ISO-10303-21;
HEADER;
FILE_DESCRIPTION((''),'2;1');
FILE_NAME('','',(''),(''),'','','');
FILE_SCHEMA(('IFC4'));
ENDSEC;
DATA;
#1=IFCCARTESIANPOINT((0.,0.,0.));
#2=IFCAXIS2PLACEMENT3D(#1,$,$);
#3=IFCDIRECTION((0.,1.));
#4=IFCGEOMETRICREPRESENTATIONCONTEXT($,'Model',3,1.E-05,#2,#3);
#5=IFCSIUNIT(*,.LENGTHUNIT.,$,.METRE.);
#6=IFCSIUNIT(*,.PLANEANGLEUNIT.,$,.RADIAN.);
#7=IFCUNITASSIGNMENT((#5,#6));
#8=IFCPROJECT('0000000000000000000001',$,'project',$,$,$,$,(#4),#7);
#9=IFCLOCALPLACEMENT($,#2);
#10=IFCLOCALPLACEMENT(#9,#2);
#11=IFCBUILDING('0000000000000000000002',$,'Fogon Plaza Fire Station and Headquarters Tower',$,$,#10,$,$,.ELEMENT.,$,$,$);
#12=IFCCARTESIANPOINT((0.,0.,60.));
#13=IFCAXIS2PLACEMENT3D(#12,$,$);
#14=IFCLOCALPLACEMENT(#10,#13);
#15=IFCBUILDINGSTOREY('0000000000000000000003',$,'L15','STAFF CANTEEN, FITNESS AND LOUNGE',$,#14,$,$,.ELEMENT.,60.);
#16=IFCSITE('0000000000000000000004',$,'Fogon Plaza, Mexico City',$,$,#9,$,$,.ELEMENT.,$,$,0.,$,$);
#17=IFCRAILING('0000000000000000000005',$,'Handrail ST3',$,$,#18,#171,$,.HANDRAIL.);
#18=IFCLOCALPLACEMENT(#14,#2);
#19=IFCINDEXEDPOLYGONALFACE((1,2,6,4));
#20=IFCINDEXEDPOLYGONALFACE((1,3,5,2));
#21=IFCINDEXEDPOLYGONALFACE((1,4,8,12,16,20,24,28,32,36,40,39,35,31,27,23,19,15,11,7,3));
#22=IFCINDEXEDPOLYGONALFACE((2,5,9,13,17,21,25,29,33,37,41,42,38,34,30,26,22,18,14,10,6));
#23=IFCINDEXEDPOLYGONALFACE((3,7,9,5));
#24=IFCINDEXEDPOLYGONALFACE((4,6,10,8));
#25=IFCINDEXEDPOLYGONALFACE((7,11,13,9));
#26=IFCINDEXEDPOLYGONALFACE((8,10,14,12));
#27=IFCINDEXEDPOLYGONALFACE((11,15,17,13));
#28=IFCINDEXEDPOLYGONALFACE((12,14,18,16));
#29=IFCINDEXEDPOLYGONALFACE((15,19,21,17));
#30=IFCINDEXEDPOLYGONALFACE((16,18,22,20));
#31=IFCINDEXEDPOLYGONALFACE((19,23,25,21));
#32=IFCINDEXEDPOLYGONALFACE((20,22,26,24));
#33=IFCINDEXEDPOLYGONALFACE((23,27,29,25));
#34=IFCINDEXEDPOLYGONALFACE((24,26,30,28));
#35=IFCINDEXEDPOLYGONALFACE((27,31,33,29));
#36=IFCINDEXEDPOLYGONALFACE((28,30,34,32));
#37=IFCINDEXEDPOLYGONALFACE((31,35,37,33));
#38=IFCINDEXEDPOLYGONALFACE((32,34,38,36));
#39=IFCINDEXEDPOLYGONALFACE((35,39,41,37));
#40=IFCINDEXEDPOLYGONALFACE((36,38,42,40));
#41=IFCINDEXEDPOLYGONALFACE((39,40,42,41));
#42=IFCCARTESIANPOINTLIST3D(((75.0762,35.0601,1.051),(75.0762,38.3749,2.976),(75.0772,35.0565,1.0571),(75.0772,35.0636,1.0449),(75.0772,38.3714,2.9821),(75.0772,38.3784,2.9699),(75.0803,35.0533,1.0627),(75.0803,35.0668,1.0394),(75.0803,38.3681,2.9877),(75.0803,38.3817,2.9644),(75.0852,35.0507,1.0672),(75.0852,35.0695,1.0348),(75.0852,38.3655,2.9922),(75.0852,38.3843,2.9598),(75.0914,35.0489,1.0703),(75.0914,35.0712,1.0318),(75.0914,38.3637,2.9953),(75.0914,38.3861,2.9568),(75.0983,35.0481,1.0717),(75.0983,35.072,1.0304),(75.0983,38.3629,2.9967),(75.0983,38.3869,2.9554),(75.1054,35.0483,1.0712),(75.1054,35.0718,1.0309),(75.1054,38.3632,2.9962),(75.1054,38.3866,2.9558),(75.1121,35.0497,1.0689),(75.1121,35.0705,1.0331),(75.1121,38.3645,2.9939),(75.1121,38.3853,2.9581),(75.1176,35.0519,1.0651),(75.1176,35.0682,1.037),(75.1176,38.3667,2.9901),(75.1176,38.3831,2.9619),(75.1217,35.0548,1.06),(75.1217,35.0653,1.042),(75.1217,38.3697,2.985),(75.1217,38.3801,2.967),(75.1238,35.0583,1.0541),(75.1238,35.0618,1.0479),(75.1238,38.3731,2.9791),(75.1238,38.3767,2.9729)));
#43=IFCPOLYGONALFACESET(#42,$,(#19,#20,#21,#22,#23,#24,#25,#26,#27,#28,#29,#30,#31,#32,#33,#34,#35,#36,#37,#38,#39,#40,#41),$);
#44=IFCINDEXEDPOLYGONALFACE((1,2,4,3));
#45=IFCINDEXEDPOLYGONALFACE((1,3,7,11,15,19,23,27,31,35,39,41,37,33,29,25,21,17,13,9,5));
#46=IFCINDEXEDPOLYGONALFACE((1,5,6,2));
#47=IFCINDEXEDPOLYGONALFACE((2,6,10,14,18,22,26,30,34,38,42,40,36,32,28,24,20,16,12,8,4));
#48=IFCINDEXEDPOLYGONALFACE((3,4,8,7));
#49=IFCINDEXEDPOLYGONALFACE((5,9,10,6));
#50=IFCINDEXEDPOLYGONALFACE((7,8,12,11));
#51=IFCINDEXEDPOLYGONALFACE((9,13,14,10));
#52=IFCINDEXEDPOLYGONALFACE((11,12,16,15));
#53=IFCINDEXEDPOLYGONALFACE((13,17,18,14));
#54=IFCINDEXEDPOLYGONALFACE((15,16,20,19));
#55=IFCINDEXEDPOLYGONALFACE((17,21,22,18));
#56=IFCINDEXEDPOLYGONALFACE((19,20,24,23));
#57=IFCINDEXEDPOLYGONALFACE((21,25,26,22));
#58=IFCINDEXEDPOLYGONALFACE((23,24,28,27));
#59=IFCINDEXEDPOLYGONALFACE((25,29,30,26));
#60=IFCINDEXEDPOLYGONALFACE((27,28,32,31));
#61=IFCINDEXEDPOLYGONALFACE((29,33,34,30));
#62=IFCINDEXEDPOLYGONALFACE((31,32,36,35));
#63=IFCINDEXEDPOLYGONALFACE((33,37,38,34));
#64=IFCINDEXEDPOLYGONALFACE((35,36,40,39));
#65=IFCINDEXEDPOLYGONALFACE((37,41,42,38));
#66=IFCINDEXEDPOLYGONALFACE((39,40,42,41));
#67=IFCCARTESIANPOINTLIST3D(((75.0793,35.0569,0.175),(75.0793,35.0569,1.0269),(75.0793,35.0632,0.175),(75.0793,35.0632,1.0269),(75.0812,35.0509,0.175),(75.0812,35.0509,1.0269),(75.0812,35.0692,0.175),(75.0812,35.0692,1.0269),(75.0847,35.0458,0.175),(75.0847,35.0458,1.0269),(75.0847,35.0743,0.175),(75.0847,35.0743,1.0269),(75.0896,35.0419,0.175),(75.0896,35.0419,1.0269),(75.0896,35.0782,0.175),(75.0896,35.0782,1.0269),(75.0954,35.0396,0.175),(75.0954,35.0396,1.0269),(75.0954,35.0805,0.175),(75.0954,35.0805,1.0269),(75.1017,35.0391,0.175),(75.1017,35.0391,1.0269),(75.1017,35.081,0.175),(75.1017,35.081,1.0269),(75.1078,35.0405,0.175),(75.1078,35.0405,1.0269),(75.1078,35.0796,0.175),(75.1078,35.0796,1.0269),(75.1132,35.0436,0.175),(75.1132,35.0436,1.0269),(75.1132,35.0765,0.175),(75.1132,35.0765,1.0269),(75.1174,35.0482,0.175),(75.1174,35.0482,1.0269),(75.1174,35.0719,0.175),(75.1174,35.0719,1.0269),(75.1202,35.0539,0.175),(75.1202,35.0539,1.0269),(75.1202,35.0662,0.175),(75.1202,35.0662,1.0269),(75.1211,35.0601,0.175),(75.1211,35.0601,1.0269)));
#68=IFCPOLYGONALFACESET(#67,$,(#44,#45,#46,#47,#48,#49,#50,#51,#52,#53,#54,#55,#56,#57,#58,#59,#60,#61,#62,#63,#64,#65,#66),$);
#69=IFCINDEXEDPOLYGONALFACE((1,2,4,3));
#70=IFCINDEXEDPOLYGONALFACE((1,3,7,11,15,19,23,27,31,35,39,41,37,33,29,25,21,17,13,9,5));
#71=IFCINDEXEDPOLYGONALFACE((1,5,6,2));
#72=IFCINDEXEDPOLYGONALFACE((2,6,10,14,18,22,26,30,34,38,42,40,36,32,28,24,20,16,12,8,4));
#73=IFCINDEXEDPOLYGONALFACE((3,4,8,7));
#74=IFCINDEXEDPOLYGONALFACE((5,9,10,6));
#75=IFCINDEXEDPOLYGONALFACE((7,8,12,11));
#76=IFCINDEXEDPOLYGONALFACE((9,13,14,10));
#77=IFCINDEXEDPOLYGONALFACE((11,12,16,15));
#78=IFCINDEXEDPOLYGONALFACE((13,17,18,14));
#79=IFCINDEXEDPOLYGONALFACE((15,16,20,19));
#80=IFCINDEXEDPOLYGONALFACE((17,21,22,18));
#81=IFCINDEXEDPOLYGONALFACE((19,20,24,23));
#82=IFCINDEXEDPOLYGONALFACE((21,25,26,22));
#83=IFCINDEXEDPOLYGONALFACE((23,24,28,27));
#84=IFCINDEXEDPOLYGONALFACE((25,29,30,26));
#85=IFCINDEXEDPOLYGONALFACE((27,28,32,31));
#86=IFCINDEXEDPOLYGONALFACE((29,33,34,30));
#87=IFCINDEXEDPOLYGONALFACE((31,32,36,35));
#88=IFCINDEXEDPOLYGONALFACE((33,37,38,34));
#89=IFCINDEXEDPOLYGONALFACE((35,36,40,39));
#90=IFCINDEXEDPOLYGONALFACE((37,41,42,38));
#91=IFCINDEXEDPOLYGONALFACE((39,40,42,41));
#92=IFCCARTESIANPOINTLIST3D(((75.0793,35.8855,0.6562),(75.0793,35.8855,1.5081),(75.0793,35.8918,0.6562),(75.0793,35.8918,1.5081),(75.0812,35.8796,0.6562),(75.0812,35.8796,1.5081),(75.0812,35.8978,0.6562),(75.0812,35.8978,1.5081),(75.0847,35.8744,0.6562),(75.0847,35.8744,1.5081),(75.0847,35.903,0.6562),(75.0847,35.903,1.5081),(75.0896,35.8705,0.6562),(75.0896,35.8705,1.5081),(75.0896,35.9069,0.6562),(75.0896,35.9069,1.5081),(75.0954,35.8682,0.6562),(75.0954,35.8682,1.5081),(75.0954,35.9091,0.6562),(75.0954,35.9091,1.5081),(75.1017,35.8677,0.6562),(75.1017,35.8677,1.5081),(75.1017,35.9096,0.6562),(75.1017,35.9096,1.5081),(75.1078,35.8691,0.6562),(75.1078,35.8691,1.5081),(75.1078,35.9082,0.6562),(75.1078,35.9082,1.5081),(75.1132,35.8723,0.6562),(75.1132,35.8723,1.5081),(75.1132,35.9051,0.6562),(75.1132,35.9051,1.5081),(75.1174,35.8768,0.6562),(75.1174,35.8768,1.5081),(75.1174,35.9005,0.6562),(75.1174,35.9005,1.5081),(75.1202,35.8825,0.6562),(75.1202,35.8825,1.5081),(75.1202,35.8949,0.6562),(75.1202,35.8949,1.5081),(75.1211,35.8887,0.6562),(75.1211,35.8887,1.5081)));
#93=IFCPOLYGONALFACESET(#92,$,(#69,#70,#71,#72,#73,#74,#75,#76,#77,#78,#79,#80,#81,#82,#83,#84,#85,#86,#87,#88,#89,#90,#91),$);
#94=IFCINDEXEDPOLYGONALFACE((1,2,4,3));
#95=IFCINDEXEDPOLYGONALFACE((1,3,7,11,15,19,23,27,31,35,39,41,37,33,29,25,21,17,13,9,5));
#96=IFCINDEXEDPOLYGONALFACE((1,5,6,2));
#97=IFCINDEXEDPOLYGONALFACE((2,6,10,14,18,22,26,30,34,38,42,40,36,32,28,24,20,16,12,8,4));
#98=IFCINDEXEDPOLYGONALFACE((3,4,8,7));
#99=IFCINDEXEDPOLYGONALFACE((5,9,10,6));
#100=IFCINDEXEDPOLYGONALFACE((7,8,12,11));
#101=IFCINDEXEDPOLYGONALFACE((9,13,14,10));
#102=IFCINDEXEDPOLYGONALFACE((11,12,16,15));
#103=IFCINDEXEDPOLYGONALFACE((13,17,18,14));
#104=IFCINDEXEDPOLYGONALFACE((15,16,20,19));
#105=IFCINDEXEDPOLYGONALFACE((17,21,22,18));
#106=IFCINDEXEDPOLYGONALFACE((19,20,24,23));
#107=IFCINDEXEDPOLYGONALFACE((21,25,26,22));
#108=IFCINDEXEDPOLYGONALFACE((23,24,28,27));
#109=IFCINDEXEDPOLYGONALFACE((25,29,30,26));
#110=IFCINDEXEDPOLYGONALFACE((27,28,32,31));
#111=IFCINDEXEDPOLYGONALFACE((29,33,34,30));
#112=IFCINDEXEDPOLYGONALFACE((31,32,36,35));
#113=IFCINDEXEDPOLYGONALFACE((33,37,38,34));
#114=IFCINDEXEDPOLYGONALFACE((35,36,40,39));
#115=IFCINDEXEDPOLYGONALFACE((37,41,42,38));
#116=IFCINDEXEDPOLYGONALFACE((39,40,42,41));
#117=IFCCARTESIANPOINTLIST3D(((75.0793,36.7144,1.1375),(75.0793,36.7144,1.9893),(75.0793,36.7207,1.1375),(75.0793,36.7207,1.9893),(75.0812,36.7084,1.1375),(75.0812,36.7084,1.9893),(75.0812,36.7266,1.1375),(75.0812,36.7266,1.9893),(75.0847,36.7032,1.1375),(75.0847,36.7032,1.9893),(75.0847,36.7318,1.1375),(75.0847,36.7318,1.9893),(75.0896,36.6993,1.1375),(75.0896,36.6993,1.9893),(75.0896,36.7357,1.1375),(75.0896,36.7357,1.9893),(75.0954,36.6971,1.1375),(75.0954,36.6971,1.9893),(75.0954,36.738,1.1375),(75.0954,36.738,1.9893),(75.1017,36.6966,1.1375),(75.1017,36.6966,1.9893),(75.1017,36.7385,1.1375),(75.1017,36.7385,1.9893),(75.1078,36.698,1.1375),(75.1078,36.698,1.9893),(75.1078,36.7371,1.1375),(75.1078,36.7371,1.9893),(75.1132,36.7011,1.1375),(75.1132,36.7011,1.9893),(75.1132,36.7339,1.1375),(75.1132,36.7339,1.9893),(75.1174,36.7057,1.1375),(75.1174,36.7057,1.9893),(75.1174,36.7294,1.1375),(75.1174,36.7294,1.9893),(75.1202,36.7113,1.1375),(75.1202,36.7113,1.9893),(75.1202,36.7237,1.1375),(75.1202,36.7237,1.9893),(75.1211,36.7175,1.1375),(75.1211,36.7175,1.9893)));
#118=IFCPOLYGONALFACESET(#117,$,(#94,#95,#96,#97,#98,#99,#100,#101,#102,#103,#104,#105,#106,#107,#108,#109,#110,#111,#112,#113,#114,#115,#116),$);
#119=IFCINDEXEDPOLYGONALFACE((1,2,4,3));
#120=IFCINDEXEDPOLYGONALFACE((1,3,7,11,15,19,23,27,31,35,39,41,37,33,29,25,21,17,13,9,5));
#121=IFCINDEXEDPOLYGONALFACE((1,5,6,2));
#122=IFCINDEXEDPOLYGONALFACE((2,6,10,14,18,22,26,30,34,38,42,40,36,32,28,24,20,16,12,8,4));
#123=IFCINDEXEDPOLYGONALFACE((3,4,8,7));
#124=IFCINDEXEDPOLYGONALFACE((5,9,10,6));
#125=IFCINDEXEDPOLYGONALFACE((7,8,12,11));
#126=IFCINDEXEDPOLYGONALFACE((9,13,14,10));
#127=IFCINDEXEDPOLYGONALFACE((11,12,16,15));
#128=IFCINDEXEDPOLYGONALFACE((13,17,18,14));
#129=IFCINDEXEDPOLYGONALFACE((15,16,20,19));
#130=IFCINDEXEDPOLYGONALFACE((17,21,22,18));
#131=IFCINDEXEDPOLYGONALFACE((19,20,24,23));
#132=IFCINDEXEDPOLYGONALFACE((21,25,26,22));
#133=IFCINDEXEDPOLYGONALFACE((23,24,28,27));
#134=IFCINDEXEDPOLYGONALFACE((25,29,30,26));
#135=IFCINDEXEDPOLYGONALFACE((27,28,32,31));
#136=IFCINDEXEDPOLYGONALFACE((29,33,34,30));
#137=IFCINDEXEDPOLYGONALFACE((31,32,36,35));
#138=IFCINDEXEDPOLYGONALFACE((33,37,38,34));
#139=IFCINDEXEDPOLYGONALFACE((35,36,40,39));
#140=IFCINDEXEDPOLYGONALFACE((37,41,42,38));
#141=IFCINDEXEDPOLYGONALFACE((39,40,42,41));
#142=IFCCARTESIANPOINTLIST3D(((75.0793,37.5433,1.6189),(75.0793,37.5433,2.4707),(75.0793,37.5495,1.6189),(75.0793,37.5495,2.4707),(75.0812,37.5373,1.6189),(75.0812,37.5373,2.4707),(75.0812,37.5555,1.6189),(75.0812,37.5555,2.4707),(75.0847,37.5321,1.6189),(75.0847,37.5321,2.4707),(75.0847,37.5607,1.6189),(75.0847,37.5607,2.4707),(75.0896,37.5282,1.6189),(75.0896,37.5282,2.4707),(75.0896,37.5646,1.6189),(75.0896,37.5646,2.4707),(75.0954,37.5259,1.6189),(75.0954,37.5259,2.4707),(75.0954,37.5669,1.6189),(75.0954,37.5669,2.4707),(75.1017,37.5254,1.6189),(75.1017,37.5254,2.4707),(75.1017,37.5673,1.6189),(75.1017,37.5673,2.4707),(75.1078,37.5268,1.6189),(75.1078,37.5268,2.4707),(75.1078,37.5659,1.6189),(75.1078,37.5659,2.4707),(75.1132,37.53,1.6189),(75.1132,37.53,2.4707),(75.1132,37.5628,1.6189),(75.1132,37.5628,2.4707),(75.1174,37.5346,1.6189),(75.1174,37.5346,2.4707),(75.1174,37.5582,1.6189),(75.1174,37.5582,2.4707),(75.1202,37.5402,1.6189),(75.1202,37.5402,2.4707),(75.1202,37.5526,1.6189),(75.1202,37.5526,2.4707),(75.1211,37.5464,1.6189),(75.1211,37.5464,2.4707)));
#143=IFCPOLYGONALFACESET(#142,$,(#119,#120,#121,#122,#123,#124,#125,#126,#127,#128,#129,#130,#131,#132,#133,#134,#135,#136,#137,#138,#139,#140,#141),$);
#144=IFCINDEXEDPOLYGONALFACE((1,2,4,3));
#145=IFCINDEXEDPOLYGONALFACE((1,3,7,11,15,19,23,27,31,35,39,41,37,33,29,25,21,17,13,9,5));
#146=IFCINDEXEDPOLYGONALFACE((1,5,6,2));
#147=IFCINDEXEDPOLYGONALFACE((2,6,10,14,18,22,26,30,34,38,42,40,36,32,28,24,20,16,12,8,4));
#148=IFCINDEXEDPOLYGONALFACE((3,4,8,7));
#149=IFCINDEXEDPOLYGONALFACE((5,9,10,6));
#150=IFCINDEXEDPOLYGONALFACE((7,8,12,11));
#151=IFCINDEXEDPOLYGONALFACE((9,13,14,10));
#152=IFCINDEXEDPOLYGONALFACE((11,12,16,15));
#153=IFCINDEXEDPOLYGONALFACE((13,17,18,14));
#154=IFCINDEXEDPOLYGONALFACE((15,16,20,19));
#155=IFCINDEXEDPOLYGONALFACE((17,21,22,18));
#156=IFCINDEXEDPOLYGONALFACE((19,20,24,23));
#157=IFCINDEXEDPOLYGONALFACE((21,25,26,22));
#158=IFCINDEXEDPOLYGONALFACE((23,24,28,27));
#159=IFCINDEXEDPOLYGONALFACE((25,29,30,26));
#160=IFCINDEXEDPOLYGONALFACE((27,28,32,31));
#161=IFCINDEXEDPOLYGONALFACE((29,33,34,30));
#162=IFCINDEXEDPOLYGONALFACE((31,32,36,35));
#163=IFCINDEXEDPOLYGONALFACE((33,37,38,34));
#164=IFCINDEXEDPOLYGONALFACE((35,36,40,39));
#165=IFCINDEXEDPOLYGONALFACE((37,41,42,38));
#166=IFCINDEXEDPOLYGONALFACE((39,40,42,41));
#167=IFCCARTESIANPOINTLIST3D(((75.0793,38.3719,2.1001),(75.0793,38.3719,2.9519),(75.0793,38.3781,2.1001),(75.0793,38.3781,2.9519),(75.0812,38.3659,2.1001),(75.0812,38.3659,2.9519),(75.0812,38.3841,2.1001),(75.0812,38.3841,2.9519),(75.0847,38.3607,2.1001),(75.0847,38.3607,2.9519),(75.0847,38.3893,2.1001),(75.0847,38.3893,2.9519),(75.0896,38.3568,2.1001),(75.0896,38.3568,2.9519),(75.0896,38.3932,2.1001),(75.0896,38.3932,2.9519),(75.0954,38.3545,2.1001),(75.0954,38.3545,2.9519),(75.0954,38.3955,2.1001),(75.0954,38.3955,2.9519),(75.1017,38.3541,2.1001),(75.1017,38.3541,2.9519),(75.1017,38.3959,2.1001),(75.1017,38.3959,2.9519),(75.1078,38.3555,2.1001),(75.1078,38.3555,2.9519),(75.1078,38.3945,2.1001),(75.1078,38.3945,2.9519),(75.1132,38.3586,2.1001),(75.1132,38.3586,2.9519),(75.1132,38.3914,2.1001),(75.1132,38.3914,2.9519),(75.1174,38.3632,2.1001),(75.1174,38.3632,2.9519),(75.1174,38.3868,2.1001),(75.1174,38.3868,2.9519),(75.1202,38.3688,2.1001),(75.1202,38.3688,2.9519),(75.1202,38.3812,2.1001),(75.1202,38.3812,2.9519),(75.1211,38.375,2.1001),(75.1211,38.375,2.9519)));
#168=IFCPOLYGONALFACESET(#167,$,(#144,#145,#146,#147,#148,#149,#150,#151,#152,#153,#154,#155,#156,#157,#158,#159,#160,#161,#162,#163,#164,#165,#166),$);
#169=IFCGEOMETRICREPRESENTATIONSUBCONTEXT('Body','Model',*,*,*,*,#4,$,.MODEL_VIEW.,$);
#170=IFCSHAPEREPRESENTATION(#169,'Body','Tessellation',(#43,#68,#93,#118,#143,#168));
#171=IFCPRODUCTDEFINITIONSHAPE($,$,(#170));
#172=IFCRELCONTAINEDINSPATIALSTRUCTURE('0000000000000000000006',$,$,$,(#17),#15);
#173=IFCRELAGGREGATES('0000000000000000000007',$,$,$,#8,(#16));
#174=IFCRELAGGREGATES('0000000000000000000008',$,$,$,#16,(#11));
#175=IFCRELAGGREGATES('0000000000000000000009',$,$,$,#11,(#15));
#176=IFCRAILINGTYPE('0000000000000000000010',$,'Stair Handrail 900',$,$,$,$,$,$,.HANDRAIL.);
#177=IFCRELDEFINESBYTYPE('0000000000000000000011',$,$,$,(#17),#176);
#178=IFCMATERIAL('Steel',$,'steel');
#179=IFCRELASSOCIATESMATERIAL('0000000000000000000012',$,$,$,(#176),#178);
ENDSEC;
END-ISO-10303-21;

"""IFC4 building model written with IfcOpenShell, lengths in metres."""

from ifc_helpers import new_model, si_unit, direction, frame, origin, origin_2d, place, context, subcontext, project, spatial, circle, extrude, material, type_object, element, save


model = new_model("IFC4")

# Units and contexts
model_context = context("Model", 3, precision=1e-05, world=origin(), true_north=direction((0.0, 1.0)))
body_context = subcontext(model_context, "Body", "Model", "MODEL_VIEW")
ifc_project = project(units=[si_unit("LENGTHUNIT", "METRE"), si_unit("PLANEANGLEUNIT", "RADIAN")], contexts=[model_context])

# Site, building, storey
site_placement = place(None, origin())
site = spatial("IfcSite", under=ifc_project, at=site_placement, Name="Fogon Plaza, Mexico City", CompositionType="ELEMENT", RefElevation=0.0)
building_placement = place(site_placement, origin())
building = spatial("IfcBuilding", under=site, at=building_placement, Name="Fogon Plaza Fire Station and Headquarters Tower", CompositionType="ELEMENT")
storey_placement = place(building_placement, frame((0.0, 0.0, 60.0)))
storey = spatial("IfcBuildingStorey", under=building, at=storey_placement, Name="L15", Description="STAFF CANTEEN, FITNESS AND LOUNGE", CompositionType="ELEMENT", Elevation=60.0)

# Railing
ifc_material_1 = material(Name="Steel", Category="steel")
railing_type = type_object("IfcRailingType", Name="Stair Handrail 900", PredefinedType="HANDRAIL", material=ifc_material_1)
for number, where, name in (
    (1, (75.1001, 35.0601, 0.175), "Handrail ST3"),
):
    element("IfcRailing", number, at=place(storey_placement, frame(where)), inside=storey, type_object=railing_type, Name=name, PredefinedType="HANDRAIL", context=body_context, shape_type="SweptSolid", body=[
        extrude(circle(Radius=0.0239, at=origin_2d()), frame((0.0, 0.0, 0.876), z_axis=(0.0, 0.864761, 0.502183), x_axis=(-1.0, 0.0, 0.0)), (0.0, 0.0, 1.0), 3.8333),
        extrude(circle(Radius=0.021, at=origin_2d()), origin(), (0.0, 0.0, 1.0), 0.8518),
        extrude(circle(Radius=0.021, at=origin_2d()), frame((0.0, 0.8286, 0.4812)), (0.0, 0.0, 1.0), 0.8518),
        extrude(circle(Radius=0.021, at=origin_2d()), frame((0.0, 1.6575, 0.9624)), (0.0, 0.0, 1.0), 0.8518),
        extrude(circle(Radius=0.021, at=origin_2d()), frame((0.0, 2.4863, 1.4438)), (0.0, 0.0, 1.0), 0.8518),
        extrude(circle(Radius=0.021, at=origin_2d()), frame((0.0, 3.3149, 1.925)), (0.0, 0.0, 1.0), 0.8518),
    ])

save(model, "model.ifc")
